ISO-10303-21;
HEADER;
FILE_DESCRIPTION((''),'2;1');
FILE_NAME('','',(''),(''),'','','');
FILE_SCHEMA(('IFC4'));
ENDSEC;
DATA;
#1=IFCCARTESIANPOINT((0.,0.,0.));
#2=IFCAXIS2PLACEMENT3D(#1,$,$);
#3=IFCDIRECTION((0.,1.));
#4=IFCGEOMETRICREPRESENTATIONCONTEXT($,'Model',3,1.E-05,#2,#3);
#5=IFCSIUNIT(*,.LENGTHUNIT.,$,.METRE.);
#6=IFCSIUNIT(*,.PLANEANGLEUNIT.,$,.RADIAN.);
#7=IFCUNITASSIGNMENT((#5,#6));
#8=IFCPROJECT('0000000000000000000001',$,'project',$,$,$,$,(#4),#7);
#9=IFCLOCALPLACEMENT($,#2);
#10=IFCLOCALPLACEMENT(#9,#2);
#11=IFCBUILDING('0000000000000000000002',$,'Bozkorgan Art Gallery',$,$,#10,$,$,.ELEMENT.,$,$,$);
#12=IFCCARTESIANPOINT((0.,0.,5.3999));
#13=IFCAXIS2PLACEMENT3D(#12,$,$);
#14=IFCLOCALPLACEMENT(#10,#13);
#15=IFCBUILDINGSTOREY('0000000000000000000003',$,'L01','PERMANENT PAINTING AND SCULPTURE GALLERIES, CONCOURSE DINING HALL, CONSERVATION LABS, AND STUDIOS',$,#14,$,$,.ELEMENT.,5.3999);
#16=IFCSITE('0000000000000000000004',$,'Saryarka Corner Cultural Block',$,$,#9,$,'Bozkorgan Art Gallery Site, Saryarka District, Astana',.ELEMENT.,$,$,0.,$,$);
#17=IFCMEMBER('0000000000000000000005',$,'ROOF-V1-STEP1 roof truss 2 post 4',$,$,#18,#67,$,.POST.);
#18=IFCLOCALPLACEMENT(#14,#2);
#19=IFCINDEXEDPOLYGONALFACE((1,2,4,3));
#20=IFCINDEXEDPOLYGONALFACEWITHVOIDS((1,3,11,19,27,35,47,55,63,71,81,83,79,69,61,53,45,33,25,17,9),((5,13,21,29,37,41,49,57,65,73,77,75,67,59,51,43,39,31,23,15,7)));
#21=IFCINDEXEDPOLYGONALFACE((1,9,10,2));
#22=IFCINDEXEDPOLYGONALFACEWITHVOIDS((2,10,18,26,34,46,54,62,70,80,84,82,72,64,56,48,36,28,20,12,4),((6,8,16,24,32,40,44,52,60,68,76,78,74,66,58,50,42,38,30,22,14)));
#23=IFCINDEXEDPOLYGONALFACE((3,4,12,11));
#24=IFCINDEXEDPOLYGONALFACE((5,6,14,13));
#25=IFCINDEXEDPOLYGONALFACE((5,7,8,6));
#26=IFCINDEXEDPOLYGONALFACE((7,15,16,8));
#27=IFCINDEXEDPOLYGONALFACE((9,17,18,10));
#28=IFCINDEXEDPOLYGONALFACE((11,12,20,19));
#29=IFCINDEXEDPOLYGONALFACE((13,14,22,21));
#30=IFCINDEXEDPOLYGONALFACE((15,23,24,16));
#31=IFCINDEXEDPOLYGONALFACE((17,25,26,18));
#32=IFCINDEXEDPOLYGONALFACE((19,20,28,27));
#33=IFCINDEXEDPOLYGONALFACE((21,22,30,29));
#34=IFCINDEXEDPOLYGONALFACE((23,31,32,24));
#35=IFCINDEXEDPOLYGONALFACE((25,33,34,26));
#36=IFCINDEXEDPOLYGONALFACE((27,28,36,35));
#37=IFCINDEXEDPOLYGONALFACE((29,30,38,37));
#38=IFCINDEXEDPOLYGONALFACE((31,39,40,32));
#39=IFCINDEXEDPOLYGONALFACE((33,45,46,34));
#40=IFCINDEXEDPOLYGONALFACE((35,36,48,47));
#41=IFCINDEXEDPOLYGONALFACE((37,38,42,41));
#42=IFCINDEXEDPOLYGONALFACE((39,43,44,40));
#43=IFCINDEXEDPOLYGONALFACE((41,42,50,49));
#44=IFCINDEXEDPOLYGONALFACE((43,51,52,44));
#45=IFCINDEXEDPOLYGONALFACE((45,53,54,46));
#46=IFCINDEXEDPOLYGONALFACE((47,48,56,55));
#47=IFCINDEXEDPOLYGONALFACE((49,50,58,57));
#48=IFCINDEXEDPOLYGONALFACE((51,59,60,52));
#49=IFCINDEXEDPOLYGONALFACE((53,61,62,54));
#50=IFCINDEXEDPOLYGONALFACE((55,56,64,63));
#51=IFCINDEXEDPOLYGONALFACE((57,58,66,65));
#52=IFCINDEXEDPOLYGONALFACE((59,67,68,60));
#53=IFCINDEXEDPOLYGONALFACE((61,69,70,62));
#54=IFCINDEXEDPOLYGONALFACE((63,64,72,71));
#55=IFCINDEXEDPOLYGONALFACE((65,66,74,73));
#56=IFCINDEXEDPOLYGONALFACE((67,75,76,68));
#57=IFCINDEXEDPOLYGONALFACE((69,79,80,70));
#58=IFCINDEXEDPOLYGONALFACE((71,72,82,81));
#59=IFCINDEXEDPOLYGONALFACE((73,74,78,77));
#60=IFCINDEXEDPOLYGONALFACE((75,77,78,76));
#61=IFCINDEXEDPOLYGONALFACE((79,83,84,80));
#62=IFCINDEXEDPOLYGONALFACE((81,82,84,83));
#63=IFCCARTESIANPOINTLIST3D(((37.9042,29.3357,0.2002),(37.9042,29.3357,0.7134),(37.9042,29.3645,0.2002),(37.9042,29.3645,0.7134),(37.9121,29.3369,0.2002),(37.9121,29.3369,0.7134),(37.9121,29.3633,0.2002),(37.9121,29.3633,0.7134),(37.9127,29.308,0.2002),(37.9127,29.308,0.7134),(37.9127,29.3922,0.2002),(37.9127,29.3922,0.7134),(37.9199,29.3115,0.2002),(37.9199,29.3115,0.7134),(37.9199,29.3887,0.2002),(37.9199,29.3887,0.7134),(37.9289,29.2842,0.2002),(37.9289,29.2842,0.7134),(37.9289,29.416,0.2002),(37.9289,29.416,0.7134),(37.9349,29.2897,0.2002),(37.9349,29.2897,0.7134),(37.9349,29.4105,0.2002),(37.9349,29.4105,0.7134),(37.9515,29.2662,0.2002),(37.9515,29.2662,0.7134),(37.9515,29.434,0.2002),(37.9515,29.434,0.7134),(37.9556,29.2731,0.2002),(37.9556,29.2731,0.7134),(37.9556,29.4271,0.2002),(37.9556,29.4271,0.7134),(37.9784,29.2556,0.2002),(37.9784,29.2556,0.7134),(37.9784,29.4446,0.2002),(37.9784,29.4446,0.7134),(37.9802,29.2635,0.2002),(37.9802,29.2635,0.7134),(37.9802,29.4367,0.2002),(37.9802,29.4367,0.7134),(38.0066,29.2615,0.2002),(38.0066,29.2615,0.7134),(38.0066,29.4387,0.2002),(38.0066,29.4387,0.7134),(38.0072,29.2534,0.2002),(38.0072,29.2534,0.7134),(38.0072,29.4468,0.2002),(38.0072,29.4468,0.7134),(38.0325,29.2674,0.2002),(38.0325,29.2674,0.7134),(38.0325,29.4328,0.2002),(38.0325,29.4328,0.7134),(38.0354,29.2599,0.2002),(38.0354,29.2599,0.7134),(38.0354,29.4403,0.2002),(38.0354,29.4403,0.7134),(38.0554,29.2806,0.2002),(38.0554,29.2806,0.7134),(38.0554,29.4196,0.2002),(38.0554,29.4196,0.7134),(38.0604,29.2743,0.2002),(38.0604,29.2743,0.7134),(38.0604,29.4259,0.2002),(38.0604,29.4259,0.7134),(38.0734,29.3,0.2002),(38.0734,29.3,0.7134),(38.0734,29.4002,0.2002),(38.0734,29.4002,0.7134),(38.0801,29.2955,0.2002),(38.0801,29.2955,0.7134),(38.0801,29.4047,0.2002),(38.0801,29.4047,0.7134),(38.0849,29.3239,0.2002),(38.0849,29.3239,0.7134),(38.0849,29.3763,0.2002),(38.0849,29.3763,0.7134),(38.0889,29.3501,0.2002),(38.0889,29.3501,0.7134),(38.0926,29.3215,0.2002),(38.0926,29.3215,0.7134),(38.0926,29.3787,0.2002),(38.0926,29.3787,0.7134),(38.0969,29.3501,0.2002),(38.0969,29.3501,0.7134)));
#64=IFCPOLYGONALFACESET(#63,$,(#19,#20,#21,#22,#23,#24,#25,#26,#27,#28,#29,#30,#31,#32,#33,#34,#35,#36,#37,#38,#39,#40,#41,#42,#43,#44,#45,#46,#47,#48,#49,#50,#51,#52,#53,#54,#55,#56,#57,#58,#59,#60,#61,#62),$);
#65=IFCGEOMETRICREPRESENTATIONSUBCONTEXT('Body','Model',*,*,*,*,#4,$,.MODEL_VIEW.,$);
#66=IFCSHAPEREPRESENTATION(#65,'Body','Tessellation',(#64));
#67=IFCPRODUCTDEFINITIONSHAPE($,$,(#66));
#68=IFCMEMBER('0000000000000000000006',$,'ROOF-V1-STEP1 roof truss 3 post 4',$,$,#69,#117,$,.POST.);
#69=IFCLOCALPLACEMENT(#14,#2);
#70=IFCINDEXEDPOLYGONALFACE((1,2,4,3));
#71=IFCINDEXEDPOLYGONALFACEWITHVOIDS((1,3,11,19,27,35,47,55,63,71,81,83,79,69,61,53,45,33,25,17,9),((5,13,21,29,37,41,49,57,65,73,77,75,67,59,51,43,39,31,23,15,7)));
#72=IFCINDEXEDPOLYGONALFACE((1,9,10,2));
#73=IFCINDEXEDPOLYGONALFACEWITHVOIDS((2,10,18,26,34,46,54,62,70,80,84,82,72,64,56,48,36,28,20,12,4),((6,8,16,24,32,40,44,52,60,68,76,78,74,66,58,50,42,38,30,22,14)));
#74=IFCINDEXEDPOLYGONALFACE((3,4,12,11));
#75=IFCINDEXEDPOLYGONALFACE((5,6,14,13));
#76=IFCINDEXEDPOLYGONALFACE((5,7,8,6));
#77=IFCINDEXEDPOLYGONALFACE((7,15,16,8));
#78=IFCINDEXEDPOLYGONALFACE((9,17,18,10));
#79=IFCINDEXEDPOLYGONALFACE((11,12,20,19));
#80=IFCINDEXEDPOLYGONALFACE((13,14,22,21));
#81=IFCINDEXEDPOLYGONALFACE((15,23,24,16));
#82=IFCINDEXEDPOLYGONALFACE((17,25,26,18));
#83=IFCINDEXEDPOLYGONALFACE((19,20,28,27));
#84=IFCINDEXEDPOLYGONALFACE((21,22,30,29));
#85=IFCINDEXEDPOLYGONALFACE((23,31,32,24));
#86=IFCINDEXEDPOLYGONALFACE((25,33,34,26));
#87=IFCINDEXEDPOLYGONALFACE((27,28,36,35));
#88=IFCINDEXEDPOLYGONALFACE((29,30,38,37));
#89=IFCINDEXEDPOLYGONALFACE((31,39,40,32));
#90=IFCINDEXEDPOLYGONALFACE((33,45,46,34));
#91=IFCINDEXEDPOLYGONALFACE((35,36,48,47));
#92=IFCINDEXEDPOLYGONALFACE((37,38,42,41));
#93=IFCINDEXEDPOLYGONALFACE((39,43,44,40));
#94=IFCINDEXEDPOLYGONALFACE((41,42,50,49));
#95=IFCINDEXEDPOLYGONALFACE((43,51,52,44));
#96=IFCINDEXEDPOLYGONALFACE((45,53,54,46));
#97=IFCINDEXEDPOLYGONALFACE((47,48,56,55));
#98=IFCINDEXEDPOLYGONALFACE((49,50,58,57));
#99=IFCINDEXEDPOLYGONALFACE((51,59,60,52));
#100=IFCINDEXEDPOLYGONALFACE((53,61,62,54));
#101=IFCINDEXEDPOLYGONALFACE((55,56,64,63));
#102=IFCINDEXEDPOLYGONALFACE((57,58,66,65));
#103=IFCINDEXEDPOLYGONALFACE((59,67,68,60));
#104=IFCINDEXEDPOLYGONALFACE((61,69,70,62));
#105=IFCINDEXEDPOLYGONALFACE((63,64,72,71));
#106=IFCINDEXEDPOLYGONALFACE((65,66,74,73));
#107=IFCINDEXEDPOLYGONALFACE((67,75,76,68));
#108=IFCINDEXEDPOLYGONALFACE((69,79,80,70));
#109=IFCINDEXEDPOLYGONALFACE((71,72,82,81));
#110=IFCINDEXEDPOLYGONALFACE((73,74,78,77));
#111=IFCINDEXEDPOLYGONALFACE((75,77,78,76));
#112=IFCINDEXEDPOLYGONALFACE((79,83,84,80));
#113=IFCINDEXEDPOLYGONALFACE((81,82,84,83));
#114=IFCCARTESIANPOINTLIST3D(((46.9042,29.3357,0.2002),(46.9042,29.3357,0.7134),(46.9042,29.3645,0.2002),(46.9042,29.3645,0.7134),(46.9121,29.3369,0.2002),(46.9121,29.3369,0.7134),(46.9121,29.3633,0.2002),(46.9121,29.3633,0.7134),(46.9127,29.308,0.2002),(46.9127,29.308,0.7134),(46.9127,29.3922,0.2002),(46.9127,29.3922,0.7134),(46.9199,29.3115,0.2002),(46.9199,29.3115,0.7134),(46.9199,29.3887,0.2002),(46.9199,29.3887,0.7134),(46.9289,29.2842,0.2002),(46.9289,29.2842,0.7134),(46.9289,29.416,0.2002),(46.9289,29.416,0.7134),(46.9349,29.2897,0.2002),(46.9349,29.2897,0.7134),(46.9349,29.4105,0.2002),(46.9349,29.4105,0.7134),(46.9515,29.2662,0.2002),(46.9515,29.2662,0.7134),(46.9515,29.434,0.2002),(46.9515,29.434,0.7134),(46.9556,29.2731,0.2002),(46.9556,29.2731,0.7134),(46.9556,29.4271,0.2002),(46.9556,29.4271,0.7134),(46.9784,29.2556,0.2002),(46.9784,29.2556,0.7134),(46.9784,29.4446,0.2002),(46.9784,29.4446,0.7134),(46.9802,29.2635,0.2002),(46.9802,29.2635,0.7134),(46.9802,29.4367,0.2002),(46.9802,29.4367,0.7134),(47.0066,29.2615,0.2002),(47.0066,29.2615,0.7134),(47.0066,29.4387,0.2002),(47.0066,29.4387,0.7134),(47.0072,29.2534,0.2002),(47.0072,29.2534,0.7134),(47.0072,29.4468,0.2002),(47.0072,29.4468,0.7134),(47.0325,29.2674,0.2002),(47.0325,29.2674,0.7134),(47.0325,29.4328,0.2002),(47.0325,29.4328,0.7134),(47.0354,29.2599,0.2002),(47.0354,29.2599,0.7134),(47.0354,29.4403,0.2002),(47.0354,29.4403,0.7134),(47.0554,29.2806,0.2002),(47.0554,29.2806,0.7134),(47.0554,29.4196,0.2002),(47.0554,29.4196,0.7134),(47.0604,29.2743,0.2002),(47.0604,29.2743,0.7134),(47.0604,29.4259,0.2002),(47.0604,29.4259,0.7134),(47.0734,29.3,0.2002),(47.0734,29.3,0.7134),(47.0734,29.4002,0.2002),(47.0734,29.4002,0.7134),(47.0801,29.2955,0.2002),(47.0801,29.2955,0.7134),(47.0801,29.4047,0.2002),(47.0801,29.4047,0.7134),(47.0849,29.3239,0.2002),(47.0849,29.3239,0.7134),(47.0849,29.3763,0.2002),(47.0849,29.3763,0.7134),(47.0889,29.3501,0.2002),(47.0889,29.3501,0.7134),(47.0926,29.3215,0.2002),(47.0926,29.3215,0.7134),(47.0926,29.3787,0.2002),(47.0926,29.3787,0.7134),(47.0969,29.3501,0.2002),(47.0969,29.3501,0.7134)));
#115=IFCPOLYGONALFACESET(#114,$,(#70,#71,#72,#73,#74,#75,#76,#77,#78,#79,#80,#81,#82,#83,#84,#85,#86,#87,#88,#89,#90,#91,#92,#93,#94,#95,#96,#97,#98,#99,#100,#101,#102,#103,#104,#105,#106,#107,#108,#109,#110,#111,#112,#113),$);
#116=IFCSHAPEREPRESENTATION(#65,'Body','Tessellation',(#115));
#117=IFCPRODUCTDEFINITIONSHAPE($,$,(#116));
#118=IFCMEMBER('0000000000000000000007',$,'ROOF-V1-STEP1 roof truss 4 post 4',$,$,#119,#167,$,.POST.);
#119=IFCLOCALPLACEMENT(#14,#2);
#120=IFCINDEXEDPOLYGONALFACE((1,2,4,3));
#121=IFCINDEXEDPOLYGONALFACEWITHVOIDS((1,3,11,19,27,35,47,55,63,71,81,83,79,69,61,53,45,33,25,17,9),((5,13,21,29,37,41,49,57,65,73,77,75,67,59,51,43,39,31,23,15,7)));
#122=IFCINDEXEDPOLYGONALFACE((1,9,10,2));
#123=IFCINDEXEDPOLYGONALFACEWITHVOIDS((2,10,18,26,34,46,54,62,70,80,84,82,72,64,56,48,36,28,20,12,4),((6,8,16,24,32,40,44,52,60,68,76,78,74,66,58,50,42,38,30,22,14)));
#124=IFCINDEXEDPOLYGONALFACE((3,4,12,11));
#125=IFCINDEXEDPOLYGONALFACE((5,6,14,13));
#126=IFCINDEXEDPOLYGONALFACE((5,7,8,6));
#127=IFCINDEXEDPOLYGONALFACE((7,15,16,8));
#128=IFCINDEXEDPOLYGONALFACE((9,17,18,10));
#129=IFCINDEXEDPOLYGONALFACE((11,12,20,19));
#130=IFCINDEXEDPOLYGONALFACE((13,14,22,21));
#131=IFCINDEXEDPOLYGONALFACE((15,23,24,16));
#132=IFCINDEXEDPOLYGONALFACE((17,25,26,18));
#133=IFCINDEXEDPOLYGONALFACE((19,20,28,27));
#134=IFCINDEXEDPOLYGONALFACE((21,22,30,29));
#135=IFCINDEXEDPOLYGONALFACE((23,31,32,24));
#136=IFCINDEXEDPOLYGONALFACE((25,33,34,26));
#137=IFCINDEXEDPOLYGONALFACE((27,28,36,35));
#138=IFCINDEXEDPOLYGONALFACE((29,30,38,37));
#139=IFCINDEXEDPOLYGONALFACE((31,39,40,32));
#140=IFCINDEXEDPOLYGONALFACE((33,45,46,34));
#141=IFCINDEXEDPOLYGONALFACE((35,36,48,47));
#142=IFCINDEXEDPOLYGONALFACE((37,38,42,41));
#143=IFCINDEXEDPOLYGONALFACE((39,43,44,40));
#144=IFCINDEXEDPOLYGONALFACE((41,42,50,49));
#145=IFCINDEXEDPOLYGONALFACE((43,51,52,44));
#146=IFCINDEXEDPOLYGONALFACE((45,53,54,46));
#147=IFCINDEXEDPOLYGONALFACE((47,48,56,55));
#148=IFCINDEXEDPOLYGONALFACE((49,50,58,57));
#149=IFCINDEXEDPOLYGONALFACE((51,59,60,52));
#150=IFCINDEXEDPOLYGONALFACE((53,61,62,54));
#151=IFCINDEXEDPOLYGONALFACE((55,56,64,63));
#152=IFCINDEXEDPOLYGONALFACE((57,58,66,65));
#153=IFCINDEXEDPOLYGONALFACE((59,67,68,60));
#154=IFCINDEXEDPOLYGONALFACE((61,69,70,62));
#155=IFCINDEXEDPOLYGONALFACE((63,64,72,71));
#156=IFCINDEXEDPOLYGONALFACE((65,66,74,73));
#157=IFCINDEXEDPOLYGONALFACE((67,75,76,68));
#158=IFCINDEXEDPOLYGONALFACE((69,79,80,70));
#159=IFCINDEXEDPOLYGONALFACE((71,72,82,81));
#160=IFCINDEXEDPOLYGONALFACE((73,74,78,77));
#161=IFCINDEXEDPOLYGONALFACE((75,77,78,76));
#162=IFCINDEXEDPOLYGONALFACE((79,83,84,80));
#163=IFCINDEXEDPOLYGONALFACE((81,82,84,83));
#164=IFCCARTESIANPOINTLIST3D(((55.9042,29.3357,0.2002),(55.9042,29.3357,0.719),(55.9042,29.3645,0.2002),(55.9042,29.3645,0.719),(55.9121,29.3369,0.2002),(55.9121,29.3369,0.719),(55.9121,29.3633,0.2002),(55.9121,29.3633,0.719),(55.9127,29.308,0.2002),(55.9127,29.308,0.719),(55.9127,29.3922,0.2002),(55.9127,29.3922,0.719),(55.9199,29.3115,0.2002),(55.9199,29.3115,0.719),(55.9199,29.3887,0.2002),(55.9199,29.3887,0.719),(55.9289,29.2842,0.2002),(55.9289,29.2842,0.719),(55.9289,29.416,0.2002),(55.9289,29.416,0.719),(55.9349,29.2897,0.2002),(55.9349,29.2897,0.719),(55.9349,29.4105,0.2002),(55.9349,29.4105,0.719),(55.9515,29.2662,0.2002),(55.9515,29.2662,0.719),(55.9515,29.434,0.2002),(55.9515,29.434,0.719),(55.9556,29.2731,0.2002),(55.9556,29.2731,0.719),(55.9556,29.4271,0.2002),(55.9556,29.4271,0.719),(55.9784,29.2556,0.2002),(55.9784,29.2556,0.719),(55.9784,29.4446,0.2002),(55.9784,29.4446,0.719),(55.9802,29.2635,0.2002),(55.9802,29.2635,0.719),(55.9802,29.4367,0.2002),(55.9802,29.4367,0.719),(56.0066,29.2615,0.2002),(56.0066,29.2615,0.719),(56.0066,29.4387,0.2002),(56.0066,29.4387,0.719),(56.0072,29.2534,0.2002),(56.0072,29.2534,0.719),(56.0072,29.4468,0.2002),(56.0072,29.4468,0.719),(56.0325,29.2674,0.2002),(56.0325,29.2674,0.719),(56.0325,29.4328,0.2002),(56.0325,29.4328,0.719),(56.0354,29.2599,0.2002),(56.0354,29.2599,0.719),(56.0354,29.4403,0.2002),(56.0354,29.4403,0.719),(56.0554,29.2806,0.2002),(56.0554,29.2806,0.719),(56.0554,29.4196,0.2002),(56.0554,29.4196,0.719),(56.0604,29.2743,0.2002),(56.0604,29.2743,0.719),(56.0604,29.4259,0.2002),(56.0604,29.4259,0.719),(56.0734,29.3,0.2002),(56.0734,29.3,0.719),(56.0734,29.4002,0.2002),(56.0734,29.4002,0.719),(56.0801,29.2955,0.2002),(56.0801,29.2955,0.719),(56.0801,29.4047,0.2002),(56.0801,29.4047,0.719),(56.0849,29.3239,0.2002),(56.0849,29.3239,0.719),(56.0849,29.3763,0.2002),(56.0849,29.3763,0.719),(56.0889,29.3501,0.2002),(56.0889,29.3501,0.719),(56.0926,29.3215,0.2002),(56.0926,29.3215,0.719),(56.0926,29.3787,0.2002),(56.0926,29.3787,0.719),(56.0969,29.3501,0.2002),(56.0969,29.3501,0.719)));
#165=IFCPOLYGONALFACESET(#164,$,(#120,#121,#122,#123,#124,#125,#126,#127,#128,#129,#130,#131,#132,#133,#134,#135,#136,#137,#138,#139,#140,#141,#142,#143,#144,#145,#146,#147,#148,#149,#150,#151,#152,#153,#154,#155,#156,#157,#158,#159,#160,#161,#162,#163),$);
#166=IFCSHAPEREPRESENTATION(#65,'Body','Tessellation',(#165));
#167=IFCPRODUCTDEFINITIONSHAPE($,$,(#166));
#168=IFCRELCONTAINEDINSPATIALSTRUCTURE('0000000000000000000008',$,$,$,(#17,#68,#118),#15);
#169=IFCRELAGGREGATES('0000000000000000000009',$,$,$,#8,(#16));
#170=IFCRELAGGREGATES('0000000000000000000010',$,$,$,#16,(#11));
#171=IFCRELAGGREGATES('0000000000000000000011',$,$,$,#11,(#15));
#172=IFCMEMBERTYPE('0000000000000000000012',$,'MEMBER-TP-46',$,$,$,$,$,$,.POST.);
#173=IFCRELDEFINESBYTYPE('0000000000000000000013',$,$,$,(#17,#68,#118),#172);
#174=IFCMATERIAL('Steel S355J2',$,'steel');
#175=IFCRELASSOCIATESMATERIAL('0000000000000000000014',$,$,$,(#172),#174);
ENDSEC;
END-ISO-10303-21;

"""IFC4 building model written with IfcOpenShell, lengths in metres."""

from ifc_helpers import new_model, si_unit, direction, frame, origin, origin_2d, place, context, subcontext, project, spatial, hollow_circle, extrude, material, material_profile, profile_set, type_object, element, save


model = new_model("IFC4")

# Units and contexts
model_context = context("Model", 3, precision=1e-05, world=origin(), true_north=direction((0.0, 1.0)))
body_context = subcontext(model_context, "Body", "Model", "MODEL_VIEW")
ifc_project = project(units=[si_unit("LENGTHUNIT", "METRE"), si_unit("PLANEANGLEUNIT", "RADIAN")], contexts=[model_context])

# Site, building, storey
site_placement = place(None, origin())
site = spatial("IfcSite", under=ifc_project, at=site_placement, Name="Saryarka Corner Cultural Block", LongName="Bozkorgan Art Gallery Site, Saryarka District, Astana", CompositionType="ELEMENT", RefElevation=0.0)
building_placement = place(site_placement, origin())
building = spatial("IfcBuilding", under=site, at=building_placement, Name="Bozkorgan Art Gallery", CompositionType="ELEMENT")
storey_placement = place(building_placement, frame((0.0, 0.0, 5.3999)))
storey = spatial("IfcBuildingStorey", under=building, at=storey_placement, Name="L01", Description="PERMANENT PAINTING AND SCULPTURE GALLERIES, CONCOURSE DINING HALL, CONSERVATION LABS, AND STUDIOS", CompositionType="ELEMENT", Elevation=5.3999)

# Shared definitions
ifc_material_1 = material(Name="Steel S355J2", Category="steel")

# Members
ifc_material_profile_1 = material_profile(ifc_material_1, hollow_circle(Radius=0.0969, WallThickness=0.0081, at=origin_2d()), Name="CHS 193.7x8")
ifc_profile_set_1 = profile_set([ifc_material_profile_1], Name="Steel S355J2")
member_type_1 = type_object("IfcMemberType", Name="MEMBER-TP-46", PredefinedType="POST", material=ifc_profile_set_1)
for number, where, z_axis, x_axis, name in (
    (1, (38.0, 29.3501, 0.2002), (0.0, 0.0, 1.0), (1.0, 0.0, 0.0), "ROOF-V1-STEP1 roof truss 2 post 4"),
    (2, (47.0, 29.3501, 0.2002), (0.0, 0.0, 1.0), (1.0, 0.0, 0.0), "ROOF-V1-STEP1 roof truss 3 post 4"),
):
    element("IfcMember", number, at=place(storey_placement, frame(where, z_axis=z_axis, x_axis=x_axis)), inside=storey, type_object=member_type_1, Name=name, PredefinedType="POST", context=body_context, shape_type="SweptSolid", body=[
        extrude(hollow_circle(Radius=0.0969, WallThickness=0.0081, at=origin_2d()), origin(), (0.0, 0.0, 1.0), 0.5132),
    ])
member_1_placement = place(storey_placement, frame((56.0, 29.3501, 0.2002), z_axis=(0.0, 0.0, 1.0), x_axis=(1.0, 0.0, 0.0)))
element("IfcMember", 3, at=member_1_placement, inside=storey, type_object=member_type_1, Name="ROOF-V1-STEP1 roof truss 4 post 4", PredefinedType="POST", context=body_context, shape_type="SweptSolid", body=[
    extrude(hollow_circle(Radius=0.0969, WallThickness=0.0081, at=origin_2d()), origin(), (0.0, 0.0, 1.0), 0.5188),
])

save(model, "model.ifc")
